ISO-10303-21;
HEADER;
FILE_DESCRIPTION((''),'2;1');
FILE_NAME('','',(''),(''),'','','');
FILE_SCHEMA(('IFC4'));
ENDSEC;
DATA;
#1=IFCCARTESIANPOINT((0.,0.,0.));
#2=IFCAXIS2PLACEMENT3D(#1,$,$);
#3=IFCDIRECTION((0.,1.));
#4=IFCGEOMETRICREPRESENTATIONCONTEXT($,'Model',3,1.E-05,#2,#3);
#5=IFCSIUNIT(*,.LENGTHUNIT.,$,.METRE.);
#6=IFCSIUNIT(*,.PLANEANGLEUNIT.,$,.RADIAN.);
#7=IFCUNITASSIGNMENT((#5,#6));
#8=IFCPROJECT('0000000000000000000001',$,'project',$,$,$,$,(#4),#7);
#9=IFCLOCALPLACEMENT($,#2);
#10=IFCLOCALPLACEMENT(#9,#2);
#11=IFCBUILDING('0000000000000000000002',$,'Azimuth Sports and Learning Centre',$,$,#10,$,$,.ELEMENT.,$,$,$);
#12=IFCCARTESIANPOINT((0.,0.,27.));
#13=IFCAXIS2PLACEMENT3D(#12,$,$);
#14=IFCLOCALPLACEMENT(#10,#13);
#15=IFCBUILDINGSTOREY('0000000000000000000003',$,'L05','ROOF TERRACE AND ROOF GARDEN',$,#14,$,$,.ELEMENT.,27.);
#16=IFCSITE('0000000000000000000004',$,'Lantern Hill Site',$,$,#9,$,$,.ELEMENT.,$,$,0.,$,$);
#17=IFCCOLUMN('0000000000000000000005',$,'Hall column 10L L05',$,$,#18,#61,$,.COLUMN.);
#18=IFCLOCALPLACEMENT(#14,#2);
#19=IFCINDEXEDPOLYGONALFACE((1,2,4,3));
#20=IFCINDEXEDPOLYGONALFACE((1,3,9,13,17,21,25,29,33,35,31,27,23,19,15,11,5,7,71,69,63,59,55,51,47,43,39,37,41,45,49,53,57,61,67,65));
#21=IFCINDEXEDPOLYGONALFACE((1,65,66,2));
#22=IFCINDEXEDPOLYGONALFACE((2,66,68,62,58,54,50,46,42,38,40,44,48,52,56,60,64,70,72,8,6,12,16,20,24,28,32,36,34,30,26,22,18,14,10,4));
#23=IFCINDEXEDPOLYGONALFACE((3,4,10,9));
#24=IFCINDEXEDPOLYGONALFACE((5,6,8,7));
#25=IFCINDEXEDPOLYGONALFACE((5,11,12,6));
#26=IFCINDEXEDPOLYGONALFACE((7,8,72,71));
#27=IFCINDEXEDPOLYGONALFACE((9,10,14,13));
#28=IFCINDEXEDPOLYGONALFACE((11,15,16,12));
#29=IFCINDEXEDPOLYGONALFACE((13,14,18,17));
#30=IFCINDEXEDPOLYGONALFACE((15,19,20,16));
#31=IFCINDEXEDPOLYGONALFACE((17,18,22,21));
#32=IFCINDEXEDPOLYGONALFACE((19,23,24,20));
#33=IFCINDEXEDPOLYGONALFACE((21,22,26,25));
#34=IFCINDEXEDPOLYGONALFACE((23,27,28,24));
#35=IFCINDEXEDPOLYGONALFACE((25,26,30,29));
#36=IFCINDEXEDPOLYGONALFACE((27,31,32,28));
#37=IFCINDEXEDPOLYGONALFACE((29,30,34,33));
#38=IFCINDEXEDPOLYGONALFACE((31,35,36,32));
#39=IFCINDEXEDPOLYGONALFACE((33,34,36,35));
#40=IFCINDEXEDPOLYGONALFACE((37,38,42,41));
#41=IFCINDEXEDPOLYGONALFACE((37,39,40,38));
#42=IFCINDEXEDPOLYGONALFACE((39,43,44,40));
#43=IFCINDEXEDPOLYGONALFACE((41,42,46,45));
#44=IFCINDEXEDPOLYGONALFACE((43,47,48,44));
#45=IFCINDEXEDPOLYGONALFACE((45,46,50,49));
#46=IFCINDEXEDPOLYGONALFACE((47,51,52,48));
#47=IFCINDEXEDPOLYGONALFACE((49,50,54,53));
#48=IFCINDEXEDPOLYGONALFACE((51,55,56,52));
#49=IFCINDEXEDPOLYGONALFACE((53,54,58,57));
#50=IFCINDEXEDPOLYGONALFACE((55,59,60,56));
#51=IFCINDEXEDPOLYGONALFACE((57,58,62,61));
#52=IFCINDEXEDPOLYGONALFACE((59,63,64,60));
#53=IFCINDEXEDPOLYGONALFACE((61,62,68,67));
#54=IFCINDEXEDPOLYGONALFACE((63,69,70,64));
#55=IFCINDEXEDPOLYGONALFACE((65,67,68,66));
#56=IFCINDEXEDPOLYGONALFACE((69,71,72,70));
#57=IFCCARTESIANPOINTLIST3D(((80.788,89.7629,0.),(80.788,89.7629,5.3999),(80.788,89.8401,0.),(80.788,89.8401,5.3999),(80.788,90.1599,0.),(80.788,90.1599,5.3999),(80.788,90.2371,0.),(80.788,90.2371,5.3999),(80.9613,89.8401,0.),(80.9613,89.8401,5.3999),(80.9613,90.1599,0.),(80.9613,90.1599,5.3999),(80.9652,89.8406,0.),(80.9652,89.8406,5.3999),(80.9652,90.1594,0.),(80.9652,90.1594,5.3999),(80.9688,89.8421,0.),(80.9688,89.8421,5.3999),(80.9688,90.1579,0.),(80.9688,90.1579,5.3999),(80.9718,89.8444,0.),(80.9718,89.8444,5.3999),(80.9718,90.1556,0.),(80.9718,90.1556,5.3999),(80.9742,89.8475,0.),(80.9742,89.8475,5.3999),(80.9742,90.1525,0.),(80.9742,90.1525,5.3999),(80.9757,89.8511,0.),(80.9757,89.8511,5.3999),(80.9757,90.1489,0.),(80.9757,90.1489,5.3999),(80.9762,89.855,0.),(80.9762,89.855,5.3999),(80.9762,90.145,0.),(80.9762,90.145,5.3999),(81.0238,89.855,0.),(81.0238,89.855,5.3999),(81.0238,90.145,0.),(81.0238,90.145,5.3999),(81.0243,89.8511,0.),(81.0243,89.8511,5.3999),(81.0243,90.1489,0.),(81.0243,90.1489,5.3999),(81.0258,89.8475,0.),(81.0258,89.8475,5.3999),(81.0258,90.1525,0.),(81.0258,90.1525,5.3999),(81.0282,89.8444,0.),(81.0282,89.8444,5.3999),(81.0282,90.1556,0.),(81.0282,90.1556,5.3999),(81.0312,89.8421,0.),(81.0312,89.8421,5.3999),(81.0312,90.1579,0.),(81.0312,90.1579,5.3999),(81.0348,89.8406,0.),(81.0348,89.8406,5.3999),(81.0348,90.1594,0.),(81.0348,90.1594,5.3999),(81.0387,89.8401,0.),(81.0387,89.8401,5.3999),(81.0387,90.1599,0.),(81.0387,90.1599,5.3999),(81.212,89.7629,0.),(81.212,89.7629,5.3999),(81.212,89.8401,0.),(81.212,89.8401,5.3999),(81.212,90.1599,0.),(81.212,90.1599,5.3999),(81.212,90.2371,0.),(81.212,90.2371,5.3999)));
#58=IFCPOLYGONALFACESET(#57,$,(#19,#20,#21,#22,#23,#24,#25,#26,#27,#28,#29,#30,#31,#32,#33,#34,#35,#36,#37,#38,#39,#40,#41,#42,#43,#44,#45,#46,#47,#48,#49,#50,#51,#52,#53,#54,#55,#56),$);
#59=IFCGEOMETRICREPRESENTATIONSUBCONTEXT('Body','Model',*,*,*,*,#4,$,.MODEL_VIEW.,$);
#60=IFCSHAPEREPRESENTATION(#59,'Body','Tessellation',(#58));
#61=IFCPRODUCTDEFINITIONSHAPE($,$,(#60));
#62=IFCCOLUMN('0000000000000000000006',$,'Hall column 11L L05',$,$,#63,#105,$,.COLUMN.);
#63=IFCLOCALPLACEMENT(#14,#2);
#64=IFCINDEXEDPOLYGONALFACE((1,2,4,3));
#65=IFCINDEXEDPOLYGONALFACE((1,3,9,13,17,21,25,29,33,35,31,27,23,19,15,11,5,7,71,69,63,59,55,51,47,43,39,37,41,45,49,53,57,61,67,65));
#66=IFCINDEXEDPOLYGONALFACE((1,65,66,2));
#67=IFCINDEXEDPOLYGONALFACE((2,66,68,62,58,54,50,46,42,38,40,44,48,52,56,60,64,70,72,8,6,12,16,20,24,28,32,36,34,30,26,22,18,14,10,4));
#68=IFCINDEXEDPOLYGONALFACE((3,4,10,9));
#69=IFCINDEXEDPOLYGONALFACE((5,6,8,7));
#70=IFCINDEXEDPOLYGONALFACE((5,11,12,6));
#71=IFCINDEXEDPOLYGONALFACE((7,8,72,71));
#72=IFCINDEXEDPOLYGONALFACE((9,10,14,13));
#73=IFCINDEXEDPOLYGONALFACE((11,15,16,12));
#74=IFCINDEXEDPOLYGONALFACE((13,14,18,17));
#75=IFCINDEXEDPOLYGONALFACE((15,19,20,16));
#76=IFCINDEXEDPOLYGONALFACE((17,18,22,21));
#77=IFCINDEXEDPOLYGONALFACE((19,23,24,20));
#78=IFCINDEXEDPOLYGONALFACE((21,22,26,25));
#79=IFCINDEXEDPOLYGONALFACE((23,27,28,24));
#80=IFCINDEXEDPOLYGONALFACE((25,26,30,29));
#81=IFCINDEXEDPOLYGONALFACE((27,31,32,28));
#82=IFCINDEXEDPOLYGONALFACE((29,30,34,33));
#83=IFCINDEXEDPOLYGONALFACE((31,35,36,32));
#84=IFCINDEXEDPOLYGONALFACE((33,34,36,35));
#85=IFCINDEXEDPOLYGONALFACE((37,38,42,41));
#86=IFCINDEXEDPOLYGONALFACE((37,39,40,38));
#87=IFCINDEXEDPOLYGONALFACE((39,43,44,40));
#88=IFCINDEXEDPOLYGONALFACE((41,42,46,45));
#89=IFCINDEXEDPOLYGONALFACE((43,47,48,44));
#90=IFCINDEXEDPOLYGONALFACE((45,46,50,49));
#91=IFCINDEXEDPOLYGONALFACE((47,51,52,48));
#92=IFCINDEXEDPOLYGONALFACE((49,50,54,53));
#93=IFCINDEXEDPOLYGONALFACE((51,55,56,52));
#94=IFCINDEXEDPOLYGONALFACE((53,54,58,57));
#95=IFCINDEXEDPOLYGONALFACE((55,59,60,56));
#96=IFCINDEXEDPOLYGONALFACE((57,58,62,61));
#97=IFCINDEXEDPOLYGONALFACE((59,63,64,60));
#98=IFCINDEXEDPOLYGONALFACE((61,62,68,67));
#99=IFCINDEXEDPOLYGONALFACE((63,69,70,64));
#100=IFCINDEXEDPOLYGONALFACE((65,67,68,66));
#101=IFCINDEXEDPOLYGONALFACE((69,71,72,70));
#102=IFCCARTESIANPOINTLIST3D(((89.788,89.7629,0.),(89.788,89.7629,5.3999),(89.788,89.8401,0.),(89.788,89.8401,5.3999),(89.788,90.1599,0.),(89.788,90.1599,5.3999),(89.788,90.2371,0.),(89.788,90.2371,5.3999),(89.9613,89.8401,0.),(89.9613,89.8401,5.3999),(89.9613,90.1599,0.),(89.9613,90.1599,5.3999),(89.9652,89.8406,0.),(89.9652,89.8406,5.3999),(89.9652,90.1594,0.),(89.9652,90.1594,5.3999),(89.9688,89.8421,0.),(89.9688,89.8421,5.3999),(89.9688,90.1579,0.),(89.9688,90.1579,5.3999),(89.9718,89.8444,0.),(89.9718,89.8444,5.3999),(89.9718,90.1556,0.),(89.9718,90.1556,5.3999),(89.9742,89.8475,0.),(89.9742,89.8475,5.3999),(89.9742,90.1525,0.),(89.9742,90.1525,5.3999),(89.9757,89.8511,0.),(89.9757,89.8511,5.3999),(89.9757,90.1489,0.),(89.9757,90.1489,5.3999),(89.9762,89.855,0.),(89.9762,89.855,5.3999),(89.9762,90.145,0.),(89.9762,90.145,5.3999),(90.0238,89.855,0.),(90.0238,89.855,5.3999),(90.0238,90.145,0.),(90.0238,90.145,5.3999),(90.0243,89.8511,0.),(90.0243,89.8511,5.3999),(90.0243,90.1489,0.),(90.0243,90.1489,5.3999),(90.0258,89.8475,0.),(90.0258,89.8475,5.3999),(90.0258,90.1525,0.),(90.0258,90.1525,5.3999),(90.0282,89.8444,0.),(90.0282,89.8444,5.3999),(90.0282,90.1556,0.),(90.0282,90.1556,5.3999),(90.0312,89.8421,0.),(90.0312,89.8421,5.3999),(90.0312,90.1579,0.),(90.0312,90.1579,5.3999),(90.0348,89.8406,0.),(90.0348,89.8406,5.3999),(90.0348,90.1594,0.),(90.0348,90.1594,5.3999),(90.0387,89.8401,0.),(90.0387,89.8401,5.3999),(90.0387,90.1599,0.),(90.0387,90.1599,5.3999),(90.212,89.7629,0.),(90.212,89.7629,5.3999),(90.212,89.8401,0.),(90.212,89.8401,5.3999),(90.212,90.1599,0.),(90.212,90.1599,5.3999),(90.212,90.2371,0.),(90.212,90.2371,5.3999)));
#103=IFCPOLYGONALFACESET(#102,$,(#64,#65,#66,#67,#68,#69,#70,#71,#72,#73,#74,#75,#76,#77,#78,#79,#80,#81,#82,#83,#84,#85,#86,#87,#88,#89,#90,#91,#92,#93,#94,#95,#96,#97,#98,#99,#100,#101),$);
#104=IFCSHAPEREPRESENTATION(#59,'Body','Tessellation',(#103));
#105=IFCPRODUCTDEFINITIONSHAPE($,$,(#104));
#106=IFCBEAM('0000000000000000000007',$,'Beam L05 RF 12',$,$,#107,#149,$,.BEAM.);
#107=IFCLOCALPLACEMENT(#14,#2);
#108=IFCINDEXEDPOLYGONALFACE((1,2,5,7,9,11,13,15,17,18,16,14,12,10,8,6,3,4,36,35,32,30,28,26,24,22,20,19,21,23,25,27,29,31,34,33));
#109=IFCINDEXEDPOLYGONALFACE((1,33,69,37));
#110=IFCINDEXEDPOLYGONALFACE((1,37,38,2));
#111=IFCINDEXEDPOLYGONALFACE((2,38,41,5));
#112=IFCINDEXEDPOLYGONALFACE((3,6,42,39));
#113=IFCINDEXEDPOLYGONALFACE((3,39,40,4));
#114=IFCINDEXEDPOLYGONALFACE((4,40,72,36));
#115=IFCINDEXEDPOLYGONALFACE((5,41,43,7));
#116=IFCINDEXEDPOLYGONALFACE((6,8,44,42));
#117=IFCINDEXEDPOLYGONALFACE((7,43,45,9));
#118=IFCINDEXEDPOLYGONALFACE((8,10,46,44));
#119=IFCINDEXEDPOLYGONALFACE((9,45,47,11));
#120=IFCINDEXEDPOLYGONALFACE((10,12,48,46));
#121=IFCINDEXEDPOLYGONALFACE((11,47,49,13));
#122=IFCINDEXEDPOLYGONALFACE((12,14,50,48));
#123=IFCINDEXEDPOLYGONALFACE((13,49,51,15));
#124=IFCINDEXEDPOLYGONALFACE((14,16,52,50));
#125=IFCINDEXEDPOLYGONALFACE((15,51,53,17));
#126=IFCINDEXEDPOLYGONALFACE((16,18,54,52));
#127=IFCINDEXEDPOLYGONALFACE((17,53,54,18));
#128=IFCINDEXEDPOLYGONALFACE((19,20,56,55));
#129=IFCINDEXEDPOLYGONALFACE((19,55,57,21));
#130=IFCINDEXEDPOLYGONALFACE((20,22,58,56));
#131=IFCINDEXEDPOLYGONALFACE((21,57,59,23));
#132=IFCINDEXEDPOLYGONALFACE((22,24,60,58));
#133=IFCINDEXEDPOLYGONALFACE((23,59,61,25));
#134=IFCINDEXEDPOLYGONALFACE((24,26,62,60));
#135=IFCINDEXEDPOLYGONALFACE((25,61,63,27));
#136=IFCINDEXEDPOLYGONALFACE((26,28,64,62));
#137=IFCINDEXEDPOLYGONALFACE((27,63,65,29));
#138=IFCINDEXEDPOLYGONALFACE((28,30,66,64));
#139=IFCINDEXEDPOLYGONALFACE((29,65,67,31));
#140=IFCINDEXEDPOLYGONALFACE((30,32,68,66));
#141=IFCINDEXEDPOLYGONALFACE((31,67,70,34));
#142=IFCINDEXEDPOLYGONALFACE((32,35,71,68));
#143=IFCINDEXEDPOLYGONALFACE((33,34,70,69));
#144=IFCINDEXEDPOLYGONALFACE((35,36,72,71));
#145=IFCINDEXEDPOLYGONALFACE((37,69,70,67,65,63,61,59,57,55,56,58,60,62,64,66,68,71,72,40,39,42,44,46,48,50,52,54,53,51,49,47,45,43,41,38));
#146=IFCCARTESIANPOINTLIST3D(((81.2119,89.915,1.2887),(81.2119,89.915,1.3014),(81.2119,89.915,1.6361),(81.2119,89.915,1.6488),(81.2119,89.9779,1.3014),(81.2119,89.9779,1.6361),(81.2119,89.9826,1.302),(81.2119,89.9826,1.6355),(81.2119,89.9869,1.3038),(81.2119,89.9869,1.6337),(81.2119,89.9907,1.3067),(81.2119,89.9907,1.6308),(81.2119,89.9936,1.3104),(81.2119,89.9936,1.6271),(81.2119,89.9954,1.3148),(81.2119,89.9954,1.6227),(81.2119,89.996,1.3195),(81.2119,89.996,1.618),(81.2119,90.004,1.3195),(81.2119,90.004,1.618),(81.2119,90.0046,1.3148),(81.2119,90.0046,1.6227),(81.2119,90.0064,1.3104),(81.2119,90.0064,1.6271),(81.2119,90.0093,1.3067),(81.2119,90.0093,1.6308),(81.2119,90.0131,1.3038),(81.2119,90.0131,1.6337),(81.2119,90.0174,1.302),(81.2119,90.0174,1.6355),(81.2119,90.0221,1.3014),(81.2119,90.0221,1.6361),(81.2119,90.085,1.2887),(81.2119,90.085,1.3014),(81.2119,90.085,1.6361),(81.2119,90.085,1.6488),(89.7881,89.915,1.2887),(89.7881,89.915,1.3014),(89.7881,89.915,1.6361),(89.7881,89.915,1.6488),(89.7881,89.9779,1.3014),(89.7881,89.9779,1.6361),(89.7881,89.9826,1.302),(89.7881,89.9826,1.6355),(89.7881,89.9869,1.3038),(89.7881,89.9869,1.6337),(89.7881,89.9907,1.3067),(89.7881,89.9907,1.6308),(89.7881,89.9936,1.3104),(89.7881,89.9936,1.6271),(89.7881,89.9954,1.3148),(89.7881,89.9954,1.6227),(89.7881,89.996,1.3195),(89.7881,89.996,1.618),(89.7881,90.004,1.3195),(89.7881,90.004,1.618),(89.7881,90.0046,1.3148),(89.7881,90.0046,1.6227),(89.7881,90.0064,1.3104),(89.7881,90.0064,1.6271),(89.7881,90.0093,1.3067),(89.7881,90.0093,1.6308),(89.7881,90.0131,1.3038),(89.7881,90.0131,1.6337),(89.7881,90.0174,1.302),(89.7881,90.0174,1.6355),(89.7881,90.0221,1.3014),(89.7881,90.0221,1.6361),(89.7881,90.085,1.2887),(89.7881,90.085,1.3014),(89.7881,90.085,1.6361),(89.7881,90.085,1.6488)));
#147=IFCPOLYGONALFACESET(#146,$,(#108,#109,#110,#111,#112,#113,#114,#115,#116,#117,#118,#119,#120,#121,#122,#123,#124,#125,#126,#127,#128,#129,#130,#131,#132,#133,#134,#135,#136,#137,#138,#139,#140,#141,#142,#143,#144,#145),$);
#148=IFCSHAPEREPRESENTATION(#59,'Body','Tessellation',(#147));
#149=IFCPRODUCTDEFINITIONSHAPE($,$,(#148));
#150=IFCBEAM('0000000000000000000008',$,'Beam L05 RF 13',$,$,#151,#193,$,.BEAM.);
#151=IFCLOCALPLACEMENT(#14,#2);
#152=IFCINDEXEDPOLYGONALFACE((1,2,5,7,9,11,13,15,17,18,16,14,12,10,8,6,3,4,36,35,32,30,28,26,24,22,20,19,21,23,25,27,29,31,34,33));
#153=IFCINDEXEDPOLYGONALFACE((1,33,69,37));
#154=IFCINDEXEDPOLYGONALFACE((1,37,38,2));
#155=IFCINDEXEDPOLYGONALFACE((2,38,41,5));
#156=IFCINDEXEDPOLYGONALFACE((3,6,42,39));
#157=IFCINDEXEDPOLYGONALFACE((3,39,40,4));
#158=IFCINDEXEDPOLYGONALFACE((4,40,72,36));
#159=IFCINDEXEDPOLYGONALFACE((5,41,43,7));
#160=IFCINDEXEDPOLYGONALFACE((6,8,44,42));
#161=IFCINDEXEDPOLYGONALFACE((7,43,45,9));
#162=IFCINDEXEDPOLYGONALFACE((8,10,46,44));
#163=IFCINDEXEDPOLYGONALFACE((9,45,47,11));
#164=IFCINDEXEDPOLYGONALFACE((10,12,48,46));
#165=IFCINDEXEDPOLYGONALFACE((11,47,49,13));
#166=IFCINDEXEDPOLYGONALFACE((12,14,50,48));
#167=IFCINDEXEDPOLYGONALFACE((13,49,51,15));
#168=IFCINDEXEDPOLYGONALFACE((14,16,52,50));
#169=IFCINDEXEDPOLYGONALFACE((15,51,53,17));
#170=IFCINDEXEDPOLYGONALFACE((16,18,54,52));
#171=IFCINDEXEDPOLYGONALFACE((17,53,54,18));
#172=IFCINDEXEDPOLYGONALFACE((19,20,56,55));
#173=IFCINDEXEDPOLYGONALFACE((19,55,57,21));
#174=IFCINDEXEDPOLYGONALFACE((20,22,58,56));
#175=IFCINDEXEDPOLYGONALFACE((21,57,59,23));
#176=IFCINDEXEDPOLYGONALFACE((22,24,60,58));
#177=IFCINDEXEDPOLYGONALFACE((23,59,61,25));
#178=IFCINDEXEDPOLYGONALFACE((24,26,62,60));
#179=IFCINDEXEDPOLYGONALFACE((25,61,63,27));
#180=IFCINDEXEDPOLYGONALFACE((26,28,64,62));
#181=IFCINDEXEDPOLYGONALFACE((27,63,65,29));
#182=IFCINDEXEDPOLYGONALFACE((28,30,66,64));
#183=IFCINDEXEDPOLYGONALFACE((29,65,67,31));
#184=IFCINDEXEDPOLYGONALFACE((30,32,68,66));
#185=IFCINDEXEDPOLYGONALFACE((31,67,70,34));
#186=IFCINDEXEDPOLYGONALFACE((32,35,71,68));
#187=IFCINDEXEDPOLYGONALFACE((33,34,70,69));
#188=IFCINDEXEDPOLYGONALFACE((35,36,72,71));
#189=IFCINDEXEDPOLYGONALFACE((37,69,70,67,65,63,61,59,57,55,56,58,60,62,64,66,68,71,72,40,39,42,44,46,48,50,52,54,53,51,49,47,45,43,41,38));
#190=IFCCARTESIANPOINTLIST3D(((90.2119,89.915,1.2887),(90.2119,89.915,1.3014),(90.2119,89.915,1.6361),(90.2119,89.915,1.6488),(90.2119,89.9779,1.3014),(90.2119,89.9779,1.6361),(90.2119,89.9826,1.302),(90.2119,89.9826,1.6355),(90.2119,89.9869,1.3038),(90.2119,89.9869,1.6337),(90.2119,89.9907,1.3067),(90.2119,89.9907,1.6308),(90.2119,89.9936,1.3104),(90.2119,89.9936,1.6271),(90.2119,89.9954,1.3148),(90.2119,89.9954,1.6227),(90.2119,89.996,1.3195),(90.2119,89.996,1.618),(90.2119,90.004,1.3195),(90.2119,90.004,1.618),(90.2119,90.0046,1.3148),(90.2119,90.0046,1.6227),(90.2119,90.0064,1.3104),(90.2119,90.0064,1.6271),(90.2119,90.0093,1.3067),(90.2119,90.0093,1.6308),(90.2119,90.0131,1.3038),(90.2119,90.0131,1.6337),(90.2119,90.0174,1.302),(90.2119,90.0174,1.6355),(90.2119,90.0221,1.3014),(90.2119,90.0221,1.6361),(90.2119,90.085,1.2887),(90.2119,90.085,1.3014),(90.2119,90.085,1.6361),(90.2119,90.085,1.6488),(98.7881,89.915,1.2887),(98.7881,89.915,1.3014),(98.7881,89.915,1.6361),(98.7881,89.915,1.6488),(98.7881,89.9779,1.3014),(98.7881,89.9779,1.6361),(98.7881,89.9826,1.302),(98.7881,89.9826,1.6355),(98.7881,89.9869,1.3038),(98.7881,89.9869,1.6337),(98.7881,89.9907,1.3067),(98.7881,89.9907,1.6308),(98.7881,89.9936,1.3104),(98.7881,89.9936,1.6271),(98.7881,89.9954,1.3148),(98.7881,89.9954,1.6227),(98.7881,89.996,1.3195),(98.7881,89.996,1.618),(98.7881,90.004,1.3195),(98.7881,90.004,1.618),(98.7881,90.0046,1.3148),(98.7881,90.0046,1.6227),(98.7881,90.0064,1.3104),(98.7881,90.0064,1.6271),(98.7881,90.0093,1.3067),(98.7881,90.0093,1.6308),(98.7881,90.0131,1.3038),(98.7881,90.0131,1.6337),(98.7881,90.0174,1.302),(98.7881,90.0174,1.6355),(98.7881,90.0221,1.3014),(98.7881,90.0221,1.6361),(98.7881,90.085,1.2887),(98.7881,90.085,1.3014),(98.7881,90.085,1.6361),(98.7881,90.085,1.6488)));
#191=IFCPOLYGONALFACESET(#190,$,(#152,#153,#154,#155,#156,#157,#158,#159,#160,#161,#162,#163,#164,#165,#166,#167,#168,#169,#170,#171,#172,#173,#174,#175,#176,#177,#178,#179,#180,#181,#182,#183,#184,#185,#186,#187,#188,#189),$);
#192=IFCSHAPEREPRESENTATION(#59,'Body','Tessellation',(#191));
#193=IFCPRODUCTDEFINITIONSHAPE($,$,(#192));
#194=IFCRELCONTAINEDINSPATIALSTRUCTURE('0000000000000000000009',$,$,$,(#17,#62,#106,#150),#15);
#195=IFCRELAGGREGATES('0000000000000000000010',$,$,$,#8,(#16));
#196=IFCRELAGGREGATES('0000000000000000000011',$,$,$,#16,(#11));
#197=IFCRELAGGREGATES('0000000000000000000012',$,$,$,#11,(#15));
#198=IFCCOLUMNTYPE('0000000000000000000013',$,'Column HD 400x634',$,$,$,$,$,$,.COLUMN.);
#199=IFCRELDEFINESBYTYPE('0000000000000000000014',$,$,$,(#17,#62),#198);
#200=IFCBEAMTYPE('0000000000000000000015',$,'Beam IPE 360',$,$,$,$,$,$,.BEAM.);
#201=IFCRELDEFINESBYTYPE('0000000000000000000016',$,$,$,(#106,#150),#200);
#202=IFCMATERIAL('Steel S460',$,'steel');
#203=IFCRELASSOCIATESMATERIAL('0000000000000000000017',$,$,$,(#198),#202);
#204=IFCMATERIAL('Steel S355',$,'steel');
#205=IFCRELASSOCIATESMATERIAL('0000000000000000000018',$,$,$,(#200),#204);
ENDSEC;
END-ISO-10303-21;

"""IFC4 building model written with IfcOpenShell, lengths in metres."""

from ifc_helpers import new_model, si_unit, direction, frame, origin, origin_2d, place, context, subcontext, project, spatial, i_section, extrude, material, material_profile, profile_set, type_object, element, save


model = new_model("IFC4")

# Units and contexts
model_context = context("Model", 3, precision=1e-05, world=origin(), true_north=direction((0.0, 1.0)))
body_context = subcontext(model_context, "Body", "Model", "MODEL_VIEW")
ifc_project = project(units=[si_unit("LENGTHUNIT", "METRE"), si_unit("PLANEANGLEUNIT", "RADIAN")], contexts=[model_context])

# Site, building, storey
site_placement = place(None, origin())
site = spatial("IfcSite", under=ifc_project, at=site_placement, Name="Lantern Hill Site", CompositionType="ELEMENT", RefElevation=0.0)
building_placement = place(site_placement, origin())
building = spatial("IfcBuilding", under=site, at=building_placement, Name="Azimuth Sports and Learning Centre", CompositionType="ELEMENT")
storey_placement = place(building_placement, frame((0.0, 0.0, 27.0)))
storey = spatial("IfcBuildingStorey", under=building, at=storey_placement, Name="L05", Description="ROOF TERRACE AND ROOF GARDEN", CompositionType="ELEMENT", Elevation=27.0)

# Columns
ifc_material_1 = material(Name="Steel S460", Category="steel")
ifc_material_profile_1 = material_profile(ifc_material_1, i_section(OverallWidth=0.4241, OverallDepth=0.4741, WebThickness=0.0476, FlangeThickness=0.0771, FilletRadius=0.0149, at=origin_2d()), Name="HD 400x634")
ifc_profile_set_1 = profile_set([ifc_material_profile_1], Name="Steel S460")
column_type = type_object("IfcColumnType", Name="Column HD 400x634", PredefinedType="COLUMN", material=ifc_profile_set_1)
for number, where, z_axis, x_axis, name in (
    (1, (81.0, 90.0, 0.0), (0.0, 0.0, 1.0), (1.0, 0.0, 0.0), "Hall column 10L L05"),
    (2, (90.0, 90.0, 0.0), (0.0, 0.0, 1.0), (1.0, 0.0, 0.0), "Hall column 11L L05"),
):
    element("IfcColumn", number, at=place(storey_placement, frame(where, z_axis=z_axis, x_axis=x_axis)), inside=storey, type_object=column_type, Name=name, PredefinedType="COLUMN", context=body_context, shape_type="SweptSolid", body=[
        extrude(i_section(OverallWidth=0.4241, OverallDepth=0.4741, WebThickness=0.0476, FlangeThickness=0.0771, FilletRadius=0.0149, at=origin_2d()), origin(), (0.0, 0.0, 1.0), 5.3999),
    ])

# Beams
ifc_material_2 = material(Name="Steel S355", Category="steel")
ifc_material_profile_2 = material_profile(ifc_material_2, i_section(OverallWidth=0.1699, OverallDepth=0.3601, WebThickness=0.0081, FlangeThickness=0.0127, FilletRadius=0.0181, at=origin_2d()), Name="IPE 360")
ifc_profile_set_2 = profile_set([ifc_material_profile_2], Name="Steel S355")
beam_type_1 = type_object("IfcBeamType", Name="Beam IPE 360", PredefinedType="BEAM", material=ifc_profile_set_2)
for number, where, z_axis, x_axis, name in (
    (3, (81.2119, 90.0, 1.4688), (1.0, 0.0, 0.0), (0.0, 1.0, 0.0), "Beam L05 RF 12"),
    (4, (90.2119, 90.0, 1.4688), (1.0, 0.0, 0.0), (0.0, 1.0, 0.0), "Beam L05 RF 13"),
):
    element("IfcBeam", number, at=place(storey_placement, frame(where, z_axis=z_axis, x_axis=x_axis)), inside=storey, type_object=beam_type_1, Name=name, PredefinedType="BEAM", context=body_context, shape_type="SweptSolid", body=[
        extrude(i_section(OverallWidth=0.1699, OverallDepth=0.3601, WebThickness=0.0081, FlangeThickness=0.0127, FilletRadius=0.0181, at=origin_2d()), origin(), (0.0, 0.0, 1.0), 8.5762),
    ])

save(model, "model.ifc")
